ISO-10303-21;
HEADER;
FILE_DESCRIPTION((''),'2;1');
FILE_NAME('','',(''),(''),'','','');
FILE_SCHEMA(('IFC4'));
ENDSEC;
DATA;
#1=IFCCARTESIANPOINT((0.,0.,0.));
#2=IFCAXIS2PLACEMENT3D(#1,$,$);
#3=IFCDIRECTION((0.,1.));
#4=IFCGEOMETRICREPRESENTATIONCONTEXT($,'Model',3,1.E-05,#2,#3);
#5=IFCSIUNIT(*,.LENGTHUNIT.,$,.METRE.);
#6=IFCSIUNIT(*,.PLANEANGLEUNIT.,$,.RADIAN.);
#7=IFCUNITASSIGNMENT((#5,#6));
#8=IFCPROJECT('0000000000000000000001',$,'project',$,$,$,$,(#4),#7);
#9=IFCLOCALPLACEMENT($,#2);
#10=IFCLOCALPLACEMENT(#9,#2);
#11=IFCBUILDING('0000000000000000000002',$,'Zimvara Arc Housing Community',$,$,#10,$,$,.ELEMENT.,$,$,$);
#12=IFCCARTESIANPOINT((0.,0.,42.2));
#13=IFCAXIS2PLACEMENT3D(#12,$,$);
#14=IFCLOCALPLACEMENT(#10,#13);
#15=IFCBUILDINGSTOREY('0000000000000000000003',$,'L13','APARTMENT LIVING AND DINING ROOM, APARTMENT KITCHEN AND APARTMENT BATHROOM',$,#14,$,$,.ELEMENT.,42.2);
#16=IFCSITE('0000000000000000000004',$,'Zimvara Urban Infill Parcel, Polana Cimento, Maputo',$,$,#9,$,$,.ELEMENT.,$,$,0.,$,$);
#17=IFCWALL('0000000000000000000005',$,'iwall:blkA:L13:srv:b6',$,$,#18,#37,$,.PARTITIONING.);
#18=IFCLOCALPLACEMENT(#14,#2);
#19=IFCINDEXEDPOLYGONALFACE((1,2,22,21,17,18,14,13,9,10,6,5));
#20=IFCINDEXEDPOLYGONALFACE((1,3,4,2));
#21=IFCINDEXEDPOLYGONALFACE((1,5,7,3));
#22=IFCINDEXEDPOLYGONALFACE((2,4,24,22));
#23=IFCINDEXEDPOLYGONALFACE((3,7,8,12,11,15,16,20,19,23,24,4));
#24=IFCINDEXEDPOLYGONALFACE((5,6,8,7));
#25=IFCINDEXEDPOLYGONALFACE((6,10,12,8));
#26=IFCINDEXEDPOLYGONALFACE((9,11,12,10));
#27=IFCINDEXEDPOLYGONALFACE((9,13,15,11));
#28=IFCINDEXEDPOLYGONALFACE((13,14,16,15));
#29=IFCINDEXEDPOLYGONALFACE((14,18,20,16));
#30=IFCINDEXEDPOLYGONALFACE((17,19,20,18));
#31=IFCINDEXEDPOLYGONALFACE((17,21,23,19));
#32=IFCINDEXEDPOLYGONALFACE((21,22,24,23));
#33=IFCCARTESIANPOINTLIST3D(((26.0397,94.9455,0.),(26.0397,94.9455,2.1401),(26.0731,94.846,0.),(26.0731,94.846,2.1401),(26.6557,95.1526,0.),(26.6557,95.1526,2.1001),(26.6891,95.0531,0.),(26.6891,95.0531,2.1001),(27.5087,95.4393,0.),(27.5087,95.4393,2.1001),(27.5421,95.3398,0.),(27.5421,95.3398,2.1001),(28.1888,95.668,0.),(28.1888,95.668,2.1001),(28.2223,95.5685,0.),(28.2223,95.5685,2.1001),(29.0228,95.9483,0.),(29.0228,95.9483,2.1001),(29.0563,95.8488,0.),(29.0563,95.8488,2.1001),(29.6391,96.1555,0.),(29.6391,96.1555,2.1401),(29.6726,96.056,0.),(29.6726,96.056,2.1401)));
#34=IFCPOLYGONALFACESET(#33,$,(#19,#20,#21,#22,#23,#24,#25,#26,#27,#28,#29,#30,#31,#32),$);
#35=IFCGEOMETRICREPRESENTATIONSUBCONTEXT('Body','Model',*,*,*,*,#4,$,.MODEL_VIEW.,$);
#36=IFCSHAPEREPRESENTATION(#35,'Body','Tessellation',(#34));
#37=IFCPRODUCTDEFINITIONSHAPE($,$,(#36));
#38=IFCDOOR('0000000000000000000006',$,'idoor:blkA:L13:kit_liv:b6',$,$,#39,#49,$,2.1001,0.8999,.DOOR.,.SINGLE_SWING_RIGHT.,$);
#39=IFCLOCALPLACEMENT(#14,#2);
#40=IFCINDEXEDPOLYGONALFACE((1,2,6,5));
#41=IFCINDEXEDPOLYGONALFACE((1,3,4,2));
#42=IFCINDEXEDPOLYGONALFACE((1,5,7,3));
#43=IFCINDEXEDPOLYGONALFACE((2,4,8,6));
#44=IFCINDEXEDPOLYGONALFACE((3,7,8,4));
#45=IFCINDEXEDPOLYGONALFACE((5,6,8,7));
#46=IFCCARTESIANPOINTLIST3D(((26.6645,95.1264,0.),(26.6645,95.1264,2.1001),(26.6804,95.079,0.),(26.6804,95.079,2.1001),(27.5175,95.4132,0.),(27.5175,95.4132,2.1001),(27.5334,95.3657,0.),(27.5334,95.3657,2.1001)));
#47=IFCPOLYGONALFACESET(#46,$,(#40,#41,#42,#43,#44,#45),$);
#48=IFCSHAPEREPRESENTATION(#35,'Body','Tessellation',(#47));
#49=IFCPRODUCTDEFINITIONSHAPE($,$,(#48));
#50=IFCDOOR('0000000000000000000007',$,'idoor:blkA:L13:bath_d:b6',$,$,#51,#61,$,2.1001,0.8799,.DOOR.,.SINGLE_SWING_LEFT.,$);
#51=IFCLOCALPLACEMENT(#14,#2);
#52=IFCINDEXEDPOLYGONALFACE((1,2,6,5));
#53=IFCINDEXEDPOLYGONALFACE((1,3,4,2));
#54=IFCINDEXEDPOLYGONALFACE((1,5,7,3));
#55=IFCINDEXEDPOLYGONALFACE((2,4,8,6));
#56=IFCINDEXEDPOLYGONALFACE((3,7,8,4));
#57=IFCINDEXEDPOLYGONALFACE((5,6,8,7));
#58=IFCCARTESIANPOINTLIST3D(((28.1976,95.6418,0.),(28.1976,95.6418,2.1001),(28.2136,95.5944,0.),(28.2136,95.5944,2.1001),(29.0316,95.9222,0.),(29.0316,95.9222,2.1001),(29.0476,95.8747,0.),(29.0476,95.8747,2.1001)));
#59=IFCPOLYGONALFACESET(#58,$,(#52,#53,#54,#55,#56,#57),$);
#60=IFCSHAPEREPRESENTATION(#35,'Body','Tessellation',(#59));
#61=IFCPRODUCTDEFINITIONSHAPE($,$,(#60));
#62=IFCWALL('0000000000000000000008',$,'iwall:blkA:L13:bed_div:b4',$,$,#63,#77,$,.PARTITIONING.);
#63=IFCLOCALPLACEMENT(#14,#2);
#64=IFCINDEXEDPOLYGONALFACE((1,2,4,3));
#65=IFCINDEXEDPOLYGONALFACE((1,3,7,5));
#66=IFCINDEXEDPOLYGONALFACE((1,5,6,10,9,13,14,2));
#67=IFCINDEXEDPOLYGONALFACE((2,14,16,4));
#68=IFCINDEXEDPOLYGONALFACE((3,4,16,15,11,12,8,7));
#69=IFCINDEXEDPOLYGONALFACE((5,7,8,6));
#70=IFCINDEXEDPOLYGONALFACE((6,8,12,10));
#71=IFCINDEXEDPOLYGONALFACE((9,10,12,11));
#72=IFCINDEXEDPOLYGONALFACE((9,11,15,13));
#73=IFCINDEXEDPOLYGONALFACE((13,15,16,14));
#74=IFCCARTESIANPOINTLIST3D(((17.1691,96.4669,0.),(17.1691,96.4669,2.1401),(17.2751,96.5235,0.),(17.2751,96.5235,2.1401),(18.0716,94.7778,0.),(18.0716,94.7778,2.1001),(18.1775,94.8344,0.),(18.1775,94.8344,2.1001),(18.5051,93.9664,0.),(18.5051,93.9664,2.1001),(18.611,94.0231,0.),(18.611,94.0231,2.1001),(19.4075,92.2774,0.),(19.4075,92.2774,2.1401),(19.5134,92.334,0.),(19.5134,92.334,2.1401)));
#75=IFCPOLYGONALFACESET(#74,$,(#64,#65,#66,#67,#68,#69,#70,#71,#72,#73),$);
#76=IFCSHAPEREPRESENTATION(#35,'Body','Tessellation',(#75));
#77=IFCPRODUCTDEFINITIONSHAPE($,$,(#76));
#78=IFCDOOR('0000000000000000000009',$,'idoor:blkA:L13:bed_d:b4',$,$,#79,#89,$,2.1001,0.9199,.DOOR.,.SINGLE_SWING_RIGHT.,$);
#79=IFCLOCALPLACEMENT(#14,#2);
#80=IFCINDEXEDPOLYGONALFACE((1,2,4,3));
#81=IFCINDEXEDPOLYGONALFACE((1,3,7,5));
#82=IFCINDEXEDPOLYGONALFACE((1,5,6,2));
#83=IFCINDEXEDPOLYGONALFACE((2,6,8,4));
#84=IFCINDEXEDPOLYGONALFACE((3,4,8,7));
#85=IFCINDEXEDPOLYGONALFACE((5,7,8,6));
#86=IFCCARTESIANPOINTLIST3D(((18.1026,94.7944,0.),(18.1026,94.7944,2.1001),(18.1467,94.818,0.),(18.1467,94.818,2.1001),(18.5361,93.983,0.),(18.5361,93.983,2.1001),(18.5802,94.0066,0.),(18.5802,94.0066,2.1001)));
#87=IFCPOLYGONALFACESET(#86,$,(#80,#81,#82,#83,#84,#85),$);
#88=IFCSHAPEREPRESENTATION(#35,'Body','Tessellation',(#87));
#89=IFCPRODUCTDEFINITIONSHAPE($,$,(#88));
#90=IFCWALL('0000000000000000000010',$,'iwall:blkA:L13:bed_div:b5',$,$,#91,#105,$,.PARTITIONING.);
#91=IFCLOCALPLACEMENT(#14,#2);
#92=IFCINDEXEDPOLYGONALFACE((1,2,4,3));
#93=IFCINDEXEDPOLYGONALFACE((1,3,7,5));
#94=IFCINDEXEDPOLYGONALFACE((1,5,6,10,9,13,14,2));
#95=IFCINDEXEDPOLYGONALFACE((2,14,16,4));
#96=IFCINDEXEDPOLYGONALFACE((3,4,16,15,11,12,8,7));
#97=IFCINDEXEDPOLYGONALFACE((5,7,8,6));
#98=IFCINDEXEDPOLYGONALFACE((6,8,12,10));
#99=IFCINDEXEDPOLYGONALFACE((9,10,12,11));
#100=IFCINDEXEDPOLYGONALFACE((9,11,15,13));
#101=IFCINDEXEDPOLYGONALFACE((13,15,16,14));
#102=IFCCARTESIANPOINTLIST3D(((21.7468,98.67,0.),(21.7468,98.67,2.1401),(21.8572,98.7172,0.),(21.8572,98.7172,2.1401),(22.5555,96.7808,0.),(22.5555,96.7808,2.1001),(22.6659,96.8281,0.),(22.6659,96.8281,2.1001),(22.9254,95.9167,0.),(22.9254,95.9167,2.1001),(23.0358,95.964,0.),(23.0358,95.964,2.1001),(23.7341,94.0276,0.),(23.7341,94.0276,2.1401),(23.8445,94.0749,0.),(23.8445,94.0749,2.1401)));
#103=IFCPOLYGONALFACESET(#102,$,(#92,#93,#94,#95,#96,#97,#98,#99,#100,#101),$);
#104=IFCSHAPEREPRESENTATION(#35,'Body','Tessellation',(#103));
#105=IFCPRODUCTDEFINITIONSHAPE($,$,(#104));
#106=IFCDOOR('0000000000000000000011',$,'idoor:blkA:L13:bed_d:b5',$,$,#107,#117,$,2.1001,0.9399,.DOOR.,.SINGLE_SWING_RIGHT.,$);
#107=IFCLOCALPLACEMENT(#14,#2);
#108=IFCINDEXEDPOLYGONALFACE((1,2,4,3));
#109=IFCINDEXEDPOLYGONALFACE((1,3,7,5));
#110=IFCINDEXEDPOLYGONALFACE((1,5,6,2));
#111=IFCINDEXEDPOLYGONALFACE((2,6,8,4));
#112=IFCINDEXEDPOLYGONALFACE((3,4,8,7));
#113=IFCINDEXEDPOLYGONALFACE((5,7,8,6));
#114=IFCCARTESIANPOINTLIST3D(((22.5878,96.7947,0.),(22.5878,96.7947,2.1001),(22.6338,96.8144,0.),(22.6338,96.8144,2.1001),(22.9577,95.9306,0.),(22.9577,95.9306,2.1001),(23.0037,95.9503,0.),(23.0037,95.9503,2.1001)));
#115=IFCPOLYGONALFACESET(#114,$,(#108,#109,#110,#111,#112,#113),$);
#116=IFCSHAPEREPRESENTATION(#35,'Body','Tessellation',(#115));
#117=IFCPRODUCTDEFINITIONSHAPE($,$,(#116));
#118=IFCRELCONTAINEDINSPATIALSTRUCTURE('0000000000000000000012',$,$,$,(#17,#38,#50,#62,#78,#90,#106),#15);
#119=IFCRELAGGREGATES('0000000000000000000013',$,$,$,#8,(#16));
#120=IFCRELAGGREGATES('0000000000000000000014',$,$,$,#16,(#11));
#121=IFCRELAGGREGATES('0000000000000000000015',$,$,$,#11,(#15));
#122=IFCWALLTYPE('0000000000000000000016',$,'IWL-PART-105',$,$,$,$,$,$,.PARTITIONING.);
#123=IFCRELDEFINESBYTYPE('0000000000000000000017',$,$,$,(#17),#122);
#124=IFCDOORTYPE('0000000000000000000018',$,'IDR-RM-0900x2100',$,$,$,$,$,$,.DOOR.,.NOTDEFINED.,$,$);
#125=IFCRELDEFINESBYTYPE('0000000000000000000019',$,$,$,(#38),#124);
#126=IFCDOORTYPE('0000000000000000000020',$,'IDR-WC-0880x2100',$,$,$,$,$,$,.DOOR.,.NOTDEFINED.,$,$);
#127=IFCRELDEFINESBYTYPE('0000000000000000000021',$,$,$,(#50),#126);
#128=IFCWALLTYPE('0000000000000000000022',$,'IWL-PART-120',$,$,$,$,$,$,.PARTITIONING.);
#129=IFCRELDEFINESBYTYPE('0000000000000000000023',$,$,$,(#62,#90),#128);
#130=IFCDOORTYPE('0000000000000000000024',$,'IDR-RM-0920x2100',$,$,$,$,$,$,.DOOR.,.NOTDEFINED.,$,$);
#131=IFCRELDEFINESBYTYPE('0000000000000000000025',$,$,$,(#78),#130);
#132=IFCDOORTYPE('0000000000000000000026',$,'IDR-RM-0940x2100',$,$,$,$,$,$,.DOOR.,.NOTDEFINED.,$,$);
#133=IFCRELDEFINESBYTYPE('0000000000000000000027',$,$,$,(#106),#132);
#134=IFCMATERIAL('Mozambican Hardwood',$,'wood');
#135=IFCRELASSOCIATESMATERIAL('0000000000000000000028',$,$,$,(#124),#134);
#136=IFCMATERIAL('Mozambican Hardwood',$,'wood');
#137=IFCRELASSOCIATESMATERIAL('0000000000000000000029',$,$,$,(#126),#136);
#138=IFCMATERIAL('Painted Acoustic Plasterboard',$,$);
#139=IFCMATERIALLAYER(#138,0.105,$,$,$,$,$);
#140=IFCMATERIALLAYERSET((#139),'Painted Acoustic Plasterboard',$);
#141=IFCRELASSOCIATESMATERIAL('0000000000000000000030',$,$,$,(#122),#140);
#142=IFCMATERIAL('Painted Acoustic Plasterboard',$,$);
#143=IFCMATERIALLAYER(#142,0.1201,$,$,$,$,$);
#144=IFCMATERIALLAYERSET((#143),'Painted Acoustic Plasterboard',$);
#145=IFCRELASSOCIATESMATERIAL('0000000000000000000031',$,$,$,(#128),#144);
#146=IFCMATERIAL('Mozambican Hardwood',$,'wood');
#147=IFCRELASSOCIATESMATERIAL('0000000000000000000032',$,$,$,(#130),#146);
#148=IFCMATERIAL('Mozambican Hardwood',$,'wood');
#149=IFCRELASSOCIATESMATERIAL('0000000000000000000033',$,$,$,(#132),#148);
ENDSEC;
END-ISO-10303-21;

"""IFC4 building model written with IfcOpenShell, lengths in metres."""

from ifc_helpers import new_model, si_unit, direction, frame, frame_2d, origin, place, context, subcontext, project, spatial, rectangle, extrude, material, layer, layer_set, type_object, element, fill, save


model = new_model("IFC4")

# Units and contexts
model_context = context("Model", 3, precision=1e-05, world=origin(), true_north=direction((0.0, 1.0)))
body_context = subcontext(model_context, "Body", "Model", "MODEL_VIEW")
ifc_project = project(units=[si_unit("LENGTHUNIT", "METRE"), si_unit("PLANEANGLEUNIT", "RADIAN")], contexts=[model_context])

# Site, building, storey
site_placement = place(None, origin())
site = spatial("IfcSite", under=ifc_project, at=site_placement, Name="Zimvara Urban Infill Parcel, Polana Cimento, Maputo", CompositionType="ELEMENT", RefElevation=0.0)
building_placement = place(site_placement, origin())
building = spatial("IfcBuilding", under=site, at=building_placement, Name="Zimvara Arc Housing Community", CompositionType="ELEMENT")
storey_placement = place(building_placement, frame((0.0, 0.0, 42.2)))
storey = spatial("IfcBuildingStorey", under=building, at=storey_placement, Name="L13", Description="APARTMENT LIVING AND DINING ROOM, APARTMENT KITCHEN AND APARTMENT BATHROOM", CompositionType="ELEMENT", Elevation=42.2)

# Wall, openings, doors
ifc_material_1 = material(Name="Mozambican Hardwood", Category="wood")
door_type_1 = type_object("IfcDoorType", Name="IDR-RM-0900x2100", OperationType="NOTDEFINED", PredefinedType="DOOR", material=ifc_material_1)
ifc_material_2 = material(Name="Mozambican Hardwood", Category="wood")
door_type_2 = type_object("IfcDoorType", Name="IDR-WC-0880x2100", OperationType="NOTDEFINED", PredefinedType="DOOR", material=ifc_material_2)
ifc_material_3 = material(Name="Painted Acoustic Plasterboard")
ifc_layer_1 = layer(ifc_material_3, 0.105)
ifc_layer_set_1 = layer_set([ifc_layer_1], Name="Painted Acoustic Plasterboard")
wall_type_1 = type_object("IfcWallType", Name="IWL-PART-105", PredefinedType="PARTITIONING", material=ifc_layer_set_1)
wall_1_placement = place(storey_placement, frame((26.0564, 94.8958, 0.0), z_axis=(0.0, 0.0, 1.0), x_axis=(0.947877, 0.318638, 0.0)))
wall_1 = element("IfcWall", 1, at=wall_1_placement, inside=storey, type_object=wall_type_1, Name="iwall:blkA:L13:srv:b6", PredefinedType="PARTITIONING", context=body_context, shape_type="SweptSolid", body=[
    extrude(rectangle(XDim=3.7974, YDim=0.105, at=frame_2d((1.8987, 0.0))), origin(), (0.0, 0.0, 1.0), 2.1401),
])
opening_1_placement = place(wall_1_placement, frame((0.6499, 0.0, 0.0)))
opening_1 = element("IfcOpeningElement", 2, at=opening_1_placement, cuts=wall_1, PredefinedType="OPENING", context=body_context, shape_type="SweptSolid", body=[
    extrude(rectangle(XDim=0.8999, YDim=2.1001, at=frame_2d((0.45, 1.05))), frame((0.0, 0.0625, 0.0), z_axis=(0.0, -1.0, 0.0), x_axis=(1.0, 0.0, 0.0)), (0.0, 0.0, 1.0), 0.125),
])
opening_2_placement = place(wall_1_placement, frame((2.2673, 0.0, 0.0)))
opening_2 = element("IfcOpeningElement", 3, at=opening_2_placement, cuts=wall_1, PredefinedType="OPENING", context=body_context, shape_type="SweptSolid", body=[
    extrude(rectangle(XDim=0.8799, YDim=2.1001, at=frame_2d((0.4399, 1.05))), frame((0.0, 0.0625, 0.0), z_axis=(0.0, -1.0, 0.0), x_axis=(1.0, 0.0, 0.0)), (0.0, 0.0, 1.0), 0.125),
])
door_1_placement = place(opening_1_placement, origin())
door_1 = element("IfcDoor", 4, at=door_1_placement, inside=storey, type_object=door_type_1, Name="idoor:blkA:L13:kit_liv:b6", OperationType="SINGLE_SWING_RIGHT", OverallHeight=2.1001, OverallWidth=0.8999, PredefinedType="DOOR", context=body_context, shape_type="SweptSolid", body=[
    extrude(rectangle(XDim=0.8999, YDim=2.1001, at=frame_2d((0.45, 1.05))), frame((0.0, 0.0249, 0.0), z_axis=(0.0, -1.0, 0.0), x_axis=(1.0, 0.0, 0.0)), (0.0, 0.0, 1.0), 0.05),
])
fill(opening_1, door_1)
door_2_placement = place(opening_2_placement, origin())
door_2 = element("IfcDoor", 5, at=door_2_placement, inside=storey, type_object=door_type_2, Name="idoor:blkA:L13:bath_d:b6", OperationType="SINGLE_SWING_LEFT", OverallHeight=2.1001, OverallWidth=0.8799, PredefinedType="DOOR", context=body_context, shape_type="SweptSolid", body=[
    extrude(rectangle(XDim=0.8799, YDim=2.1001, at=frame_2d((0.4399, 1.05))), frame((0.0, 0.0249, 0.0), z_axis=(0.0, -1.0, 0.0), x_axis=(1.0, 0.0, 0.0)), (0.0, 0.0, 1.0), 0.05),
])
fill(opening_2, door_2)

# Walls, openings, doors
ifc_material_4 = material(Name="Painted Acoustic Plasterboard")
ifc_layer_2 = layer(ifc_material_4, 0.1201)
ifc_layer_set_2 = layer_set([ifc_layer_2], Name="Painted Acoustic Plasterboard")
wall_type_2 = type_object("IfcWallType", Name="IWL-PART-120", PredefinedType="PARTITIONING", material=ifc_layer_set_2)
wall_2_placement = place(storey_placement, frame((19.4604, 92.3057, 0.0), z_axis=(0.0, 0.0, 1.0), x_axis=(-0.471228, 0.882011, 0.0)))
wall_2 = element("IfcWall", 6, at=wall_2_placement, inside=storey, type_object=wall_type_2, Name="iwall:blkA:L13:bed_div:b4", PredefinedType="PARTITIONING", context=body_context, shape_type="SweptSolid", body=[
    extrude(rectangle(XDim=4.75, YDim=0.1201, at=frame_2d((2.375, 0.0))), origin(), (0.0, 0.0, 1.0), 2.1401),
])
opening_3_placement = place(wall_2_placement, frame((1.915, 0.0, 0.0)))
opening_3 = element("IfcOpeningElement", 7, at=opening_3_placement, cuts=wall_2, PredefinedType="OPENING", context=body_context, shape_type="SweptSolid", body=[
    extrude(rectangle(XDim=0.9199, YDim=2.1001, at=frame_2d((0.46, 1.05))), frame((0.0, 0.0701, 0.0), z_axis=(0.0, -1.0, 0.0), x_axis=(1.0, 0.0, 0.0)), (0.0, 0.0, 1.0), 0.1401),
])
ifc_material_5 = material(Name="Mozambican Hardwood", Category="wood")
door_type_3 = type_object("IfcDoorType", Name="IDR-RM-0920x2100", OperationType="NOTDEFINED", PredefinedType="DOOR", material=ifc_material_5)
door_3_placement = place(opening_3_placement, origin())
door_3 = element("IfcDoor", 8, at=door_3_placement, inside=storey, type_object=door_type_3, Name="idoor:blkA:L13:bed_d:b4", OperationType="SINGLE_SWING_RIGHT", OverallHeight=2.1001, OverallWidth=0.9199, PredefinedType="DOOR", context=body_context, shape_type="SweptSolid", body=[
    extrude(rectangle(XDim=0.9199, YDim=2.1001, at=frame_2d((0.46, 1.05))), frame((0.0, 0.0249, 0.0), z_axis=(0.0, -1.0, 0.0), x_axis=(1.0, 0.0, 0.0)), (0.0, 0.0, 1.0), 0.05),
])
fill(opening_3, door_3)
wall_3_placement = place(storey_placement, frame((23.7893, 94.0513, 0.0), z_axis=(0.0, 0.0, 1.0), x_axis=(-0.39354, 0.919307, 0.0)))
wall_3 = element("IfcWall", 9, at=wall_3_placement, inside=storey, type_object=wall_type_2, Name="iwall:blkA:L13:bed_div:b5", PredefinedType="PARTITIONING", context=body_context, shape_type="SweptSolid", body=[
    extrude(rectangle(XDim=5.0498, YDim=0.1201, at=frame_2d((2.5249, 0.0))), origin(), (0.0, 0.0, 1.0), 2.1401),
])
opening_4_placement = place(wall_3_placement, frame((2.0549, 0.0, 0.0)))
opening_4 = element("IfcOpeningElement", 10, at=opening_4_placement, cuts=wall_3, PredefinedType="OPENING", context=body_context, shape_type="SweptSolid", body=[
    extrude(rectangle(XDim=0.9399, YDim=2.1001, at=frame_2d((0.47, 1.05))), frame((0.0, 0.0701, 0.0), z_axis=(0.0, -1.0, 0.0), x_axis=(1.0, 0.0, 0.0)), (0.0, 0.0, 1.0), 0.1401),
])
ifc_material_6 = material(Name="Mozambican Hardwood", Category="wood")
door_type_4 = type_object("IfcDoorType", Name="IDR-RM-0940x2100", OperationType="NOTDEFINED", PredefinedType="DOOR", material=ifc_material_6)
door_4_placement = place(opening_4_placement, origin())
door_4 = element("IfcDoor", 11, at=door_4_placement, inside=storey, type_object=door_type_4, Name="idoor:blkA:L13:bed_d:b5", OperationType="SINGLE_SWING_RIGHT", OverallHeight=2.1001, OverallWidth=0.9399, PredefinedType="DOOR", context=body_context, shape_type="SweptSolid", body=[
    extrude(rectangle(XDim=0.9399, YDim=2.1001, at=frame_2d((0.47, 1.05))), frame((0.0, 0.0249, 0.0), z_axis=(0.0, -1.0, 0.0), x_axis=(1.0, 0.0, 0.0)), (0.0, 0.0, 1.0), 0.05),
])
fill(opening_4, door_4)

save(model, "model.ifc")
